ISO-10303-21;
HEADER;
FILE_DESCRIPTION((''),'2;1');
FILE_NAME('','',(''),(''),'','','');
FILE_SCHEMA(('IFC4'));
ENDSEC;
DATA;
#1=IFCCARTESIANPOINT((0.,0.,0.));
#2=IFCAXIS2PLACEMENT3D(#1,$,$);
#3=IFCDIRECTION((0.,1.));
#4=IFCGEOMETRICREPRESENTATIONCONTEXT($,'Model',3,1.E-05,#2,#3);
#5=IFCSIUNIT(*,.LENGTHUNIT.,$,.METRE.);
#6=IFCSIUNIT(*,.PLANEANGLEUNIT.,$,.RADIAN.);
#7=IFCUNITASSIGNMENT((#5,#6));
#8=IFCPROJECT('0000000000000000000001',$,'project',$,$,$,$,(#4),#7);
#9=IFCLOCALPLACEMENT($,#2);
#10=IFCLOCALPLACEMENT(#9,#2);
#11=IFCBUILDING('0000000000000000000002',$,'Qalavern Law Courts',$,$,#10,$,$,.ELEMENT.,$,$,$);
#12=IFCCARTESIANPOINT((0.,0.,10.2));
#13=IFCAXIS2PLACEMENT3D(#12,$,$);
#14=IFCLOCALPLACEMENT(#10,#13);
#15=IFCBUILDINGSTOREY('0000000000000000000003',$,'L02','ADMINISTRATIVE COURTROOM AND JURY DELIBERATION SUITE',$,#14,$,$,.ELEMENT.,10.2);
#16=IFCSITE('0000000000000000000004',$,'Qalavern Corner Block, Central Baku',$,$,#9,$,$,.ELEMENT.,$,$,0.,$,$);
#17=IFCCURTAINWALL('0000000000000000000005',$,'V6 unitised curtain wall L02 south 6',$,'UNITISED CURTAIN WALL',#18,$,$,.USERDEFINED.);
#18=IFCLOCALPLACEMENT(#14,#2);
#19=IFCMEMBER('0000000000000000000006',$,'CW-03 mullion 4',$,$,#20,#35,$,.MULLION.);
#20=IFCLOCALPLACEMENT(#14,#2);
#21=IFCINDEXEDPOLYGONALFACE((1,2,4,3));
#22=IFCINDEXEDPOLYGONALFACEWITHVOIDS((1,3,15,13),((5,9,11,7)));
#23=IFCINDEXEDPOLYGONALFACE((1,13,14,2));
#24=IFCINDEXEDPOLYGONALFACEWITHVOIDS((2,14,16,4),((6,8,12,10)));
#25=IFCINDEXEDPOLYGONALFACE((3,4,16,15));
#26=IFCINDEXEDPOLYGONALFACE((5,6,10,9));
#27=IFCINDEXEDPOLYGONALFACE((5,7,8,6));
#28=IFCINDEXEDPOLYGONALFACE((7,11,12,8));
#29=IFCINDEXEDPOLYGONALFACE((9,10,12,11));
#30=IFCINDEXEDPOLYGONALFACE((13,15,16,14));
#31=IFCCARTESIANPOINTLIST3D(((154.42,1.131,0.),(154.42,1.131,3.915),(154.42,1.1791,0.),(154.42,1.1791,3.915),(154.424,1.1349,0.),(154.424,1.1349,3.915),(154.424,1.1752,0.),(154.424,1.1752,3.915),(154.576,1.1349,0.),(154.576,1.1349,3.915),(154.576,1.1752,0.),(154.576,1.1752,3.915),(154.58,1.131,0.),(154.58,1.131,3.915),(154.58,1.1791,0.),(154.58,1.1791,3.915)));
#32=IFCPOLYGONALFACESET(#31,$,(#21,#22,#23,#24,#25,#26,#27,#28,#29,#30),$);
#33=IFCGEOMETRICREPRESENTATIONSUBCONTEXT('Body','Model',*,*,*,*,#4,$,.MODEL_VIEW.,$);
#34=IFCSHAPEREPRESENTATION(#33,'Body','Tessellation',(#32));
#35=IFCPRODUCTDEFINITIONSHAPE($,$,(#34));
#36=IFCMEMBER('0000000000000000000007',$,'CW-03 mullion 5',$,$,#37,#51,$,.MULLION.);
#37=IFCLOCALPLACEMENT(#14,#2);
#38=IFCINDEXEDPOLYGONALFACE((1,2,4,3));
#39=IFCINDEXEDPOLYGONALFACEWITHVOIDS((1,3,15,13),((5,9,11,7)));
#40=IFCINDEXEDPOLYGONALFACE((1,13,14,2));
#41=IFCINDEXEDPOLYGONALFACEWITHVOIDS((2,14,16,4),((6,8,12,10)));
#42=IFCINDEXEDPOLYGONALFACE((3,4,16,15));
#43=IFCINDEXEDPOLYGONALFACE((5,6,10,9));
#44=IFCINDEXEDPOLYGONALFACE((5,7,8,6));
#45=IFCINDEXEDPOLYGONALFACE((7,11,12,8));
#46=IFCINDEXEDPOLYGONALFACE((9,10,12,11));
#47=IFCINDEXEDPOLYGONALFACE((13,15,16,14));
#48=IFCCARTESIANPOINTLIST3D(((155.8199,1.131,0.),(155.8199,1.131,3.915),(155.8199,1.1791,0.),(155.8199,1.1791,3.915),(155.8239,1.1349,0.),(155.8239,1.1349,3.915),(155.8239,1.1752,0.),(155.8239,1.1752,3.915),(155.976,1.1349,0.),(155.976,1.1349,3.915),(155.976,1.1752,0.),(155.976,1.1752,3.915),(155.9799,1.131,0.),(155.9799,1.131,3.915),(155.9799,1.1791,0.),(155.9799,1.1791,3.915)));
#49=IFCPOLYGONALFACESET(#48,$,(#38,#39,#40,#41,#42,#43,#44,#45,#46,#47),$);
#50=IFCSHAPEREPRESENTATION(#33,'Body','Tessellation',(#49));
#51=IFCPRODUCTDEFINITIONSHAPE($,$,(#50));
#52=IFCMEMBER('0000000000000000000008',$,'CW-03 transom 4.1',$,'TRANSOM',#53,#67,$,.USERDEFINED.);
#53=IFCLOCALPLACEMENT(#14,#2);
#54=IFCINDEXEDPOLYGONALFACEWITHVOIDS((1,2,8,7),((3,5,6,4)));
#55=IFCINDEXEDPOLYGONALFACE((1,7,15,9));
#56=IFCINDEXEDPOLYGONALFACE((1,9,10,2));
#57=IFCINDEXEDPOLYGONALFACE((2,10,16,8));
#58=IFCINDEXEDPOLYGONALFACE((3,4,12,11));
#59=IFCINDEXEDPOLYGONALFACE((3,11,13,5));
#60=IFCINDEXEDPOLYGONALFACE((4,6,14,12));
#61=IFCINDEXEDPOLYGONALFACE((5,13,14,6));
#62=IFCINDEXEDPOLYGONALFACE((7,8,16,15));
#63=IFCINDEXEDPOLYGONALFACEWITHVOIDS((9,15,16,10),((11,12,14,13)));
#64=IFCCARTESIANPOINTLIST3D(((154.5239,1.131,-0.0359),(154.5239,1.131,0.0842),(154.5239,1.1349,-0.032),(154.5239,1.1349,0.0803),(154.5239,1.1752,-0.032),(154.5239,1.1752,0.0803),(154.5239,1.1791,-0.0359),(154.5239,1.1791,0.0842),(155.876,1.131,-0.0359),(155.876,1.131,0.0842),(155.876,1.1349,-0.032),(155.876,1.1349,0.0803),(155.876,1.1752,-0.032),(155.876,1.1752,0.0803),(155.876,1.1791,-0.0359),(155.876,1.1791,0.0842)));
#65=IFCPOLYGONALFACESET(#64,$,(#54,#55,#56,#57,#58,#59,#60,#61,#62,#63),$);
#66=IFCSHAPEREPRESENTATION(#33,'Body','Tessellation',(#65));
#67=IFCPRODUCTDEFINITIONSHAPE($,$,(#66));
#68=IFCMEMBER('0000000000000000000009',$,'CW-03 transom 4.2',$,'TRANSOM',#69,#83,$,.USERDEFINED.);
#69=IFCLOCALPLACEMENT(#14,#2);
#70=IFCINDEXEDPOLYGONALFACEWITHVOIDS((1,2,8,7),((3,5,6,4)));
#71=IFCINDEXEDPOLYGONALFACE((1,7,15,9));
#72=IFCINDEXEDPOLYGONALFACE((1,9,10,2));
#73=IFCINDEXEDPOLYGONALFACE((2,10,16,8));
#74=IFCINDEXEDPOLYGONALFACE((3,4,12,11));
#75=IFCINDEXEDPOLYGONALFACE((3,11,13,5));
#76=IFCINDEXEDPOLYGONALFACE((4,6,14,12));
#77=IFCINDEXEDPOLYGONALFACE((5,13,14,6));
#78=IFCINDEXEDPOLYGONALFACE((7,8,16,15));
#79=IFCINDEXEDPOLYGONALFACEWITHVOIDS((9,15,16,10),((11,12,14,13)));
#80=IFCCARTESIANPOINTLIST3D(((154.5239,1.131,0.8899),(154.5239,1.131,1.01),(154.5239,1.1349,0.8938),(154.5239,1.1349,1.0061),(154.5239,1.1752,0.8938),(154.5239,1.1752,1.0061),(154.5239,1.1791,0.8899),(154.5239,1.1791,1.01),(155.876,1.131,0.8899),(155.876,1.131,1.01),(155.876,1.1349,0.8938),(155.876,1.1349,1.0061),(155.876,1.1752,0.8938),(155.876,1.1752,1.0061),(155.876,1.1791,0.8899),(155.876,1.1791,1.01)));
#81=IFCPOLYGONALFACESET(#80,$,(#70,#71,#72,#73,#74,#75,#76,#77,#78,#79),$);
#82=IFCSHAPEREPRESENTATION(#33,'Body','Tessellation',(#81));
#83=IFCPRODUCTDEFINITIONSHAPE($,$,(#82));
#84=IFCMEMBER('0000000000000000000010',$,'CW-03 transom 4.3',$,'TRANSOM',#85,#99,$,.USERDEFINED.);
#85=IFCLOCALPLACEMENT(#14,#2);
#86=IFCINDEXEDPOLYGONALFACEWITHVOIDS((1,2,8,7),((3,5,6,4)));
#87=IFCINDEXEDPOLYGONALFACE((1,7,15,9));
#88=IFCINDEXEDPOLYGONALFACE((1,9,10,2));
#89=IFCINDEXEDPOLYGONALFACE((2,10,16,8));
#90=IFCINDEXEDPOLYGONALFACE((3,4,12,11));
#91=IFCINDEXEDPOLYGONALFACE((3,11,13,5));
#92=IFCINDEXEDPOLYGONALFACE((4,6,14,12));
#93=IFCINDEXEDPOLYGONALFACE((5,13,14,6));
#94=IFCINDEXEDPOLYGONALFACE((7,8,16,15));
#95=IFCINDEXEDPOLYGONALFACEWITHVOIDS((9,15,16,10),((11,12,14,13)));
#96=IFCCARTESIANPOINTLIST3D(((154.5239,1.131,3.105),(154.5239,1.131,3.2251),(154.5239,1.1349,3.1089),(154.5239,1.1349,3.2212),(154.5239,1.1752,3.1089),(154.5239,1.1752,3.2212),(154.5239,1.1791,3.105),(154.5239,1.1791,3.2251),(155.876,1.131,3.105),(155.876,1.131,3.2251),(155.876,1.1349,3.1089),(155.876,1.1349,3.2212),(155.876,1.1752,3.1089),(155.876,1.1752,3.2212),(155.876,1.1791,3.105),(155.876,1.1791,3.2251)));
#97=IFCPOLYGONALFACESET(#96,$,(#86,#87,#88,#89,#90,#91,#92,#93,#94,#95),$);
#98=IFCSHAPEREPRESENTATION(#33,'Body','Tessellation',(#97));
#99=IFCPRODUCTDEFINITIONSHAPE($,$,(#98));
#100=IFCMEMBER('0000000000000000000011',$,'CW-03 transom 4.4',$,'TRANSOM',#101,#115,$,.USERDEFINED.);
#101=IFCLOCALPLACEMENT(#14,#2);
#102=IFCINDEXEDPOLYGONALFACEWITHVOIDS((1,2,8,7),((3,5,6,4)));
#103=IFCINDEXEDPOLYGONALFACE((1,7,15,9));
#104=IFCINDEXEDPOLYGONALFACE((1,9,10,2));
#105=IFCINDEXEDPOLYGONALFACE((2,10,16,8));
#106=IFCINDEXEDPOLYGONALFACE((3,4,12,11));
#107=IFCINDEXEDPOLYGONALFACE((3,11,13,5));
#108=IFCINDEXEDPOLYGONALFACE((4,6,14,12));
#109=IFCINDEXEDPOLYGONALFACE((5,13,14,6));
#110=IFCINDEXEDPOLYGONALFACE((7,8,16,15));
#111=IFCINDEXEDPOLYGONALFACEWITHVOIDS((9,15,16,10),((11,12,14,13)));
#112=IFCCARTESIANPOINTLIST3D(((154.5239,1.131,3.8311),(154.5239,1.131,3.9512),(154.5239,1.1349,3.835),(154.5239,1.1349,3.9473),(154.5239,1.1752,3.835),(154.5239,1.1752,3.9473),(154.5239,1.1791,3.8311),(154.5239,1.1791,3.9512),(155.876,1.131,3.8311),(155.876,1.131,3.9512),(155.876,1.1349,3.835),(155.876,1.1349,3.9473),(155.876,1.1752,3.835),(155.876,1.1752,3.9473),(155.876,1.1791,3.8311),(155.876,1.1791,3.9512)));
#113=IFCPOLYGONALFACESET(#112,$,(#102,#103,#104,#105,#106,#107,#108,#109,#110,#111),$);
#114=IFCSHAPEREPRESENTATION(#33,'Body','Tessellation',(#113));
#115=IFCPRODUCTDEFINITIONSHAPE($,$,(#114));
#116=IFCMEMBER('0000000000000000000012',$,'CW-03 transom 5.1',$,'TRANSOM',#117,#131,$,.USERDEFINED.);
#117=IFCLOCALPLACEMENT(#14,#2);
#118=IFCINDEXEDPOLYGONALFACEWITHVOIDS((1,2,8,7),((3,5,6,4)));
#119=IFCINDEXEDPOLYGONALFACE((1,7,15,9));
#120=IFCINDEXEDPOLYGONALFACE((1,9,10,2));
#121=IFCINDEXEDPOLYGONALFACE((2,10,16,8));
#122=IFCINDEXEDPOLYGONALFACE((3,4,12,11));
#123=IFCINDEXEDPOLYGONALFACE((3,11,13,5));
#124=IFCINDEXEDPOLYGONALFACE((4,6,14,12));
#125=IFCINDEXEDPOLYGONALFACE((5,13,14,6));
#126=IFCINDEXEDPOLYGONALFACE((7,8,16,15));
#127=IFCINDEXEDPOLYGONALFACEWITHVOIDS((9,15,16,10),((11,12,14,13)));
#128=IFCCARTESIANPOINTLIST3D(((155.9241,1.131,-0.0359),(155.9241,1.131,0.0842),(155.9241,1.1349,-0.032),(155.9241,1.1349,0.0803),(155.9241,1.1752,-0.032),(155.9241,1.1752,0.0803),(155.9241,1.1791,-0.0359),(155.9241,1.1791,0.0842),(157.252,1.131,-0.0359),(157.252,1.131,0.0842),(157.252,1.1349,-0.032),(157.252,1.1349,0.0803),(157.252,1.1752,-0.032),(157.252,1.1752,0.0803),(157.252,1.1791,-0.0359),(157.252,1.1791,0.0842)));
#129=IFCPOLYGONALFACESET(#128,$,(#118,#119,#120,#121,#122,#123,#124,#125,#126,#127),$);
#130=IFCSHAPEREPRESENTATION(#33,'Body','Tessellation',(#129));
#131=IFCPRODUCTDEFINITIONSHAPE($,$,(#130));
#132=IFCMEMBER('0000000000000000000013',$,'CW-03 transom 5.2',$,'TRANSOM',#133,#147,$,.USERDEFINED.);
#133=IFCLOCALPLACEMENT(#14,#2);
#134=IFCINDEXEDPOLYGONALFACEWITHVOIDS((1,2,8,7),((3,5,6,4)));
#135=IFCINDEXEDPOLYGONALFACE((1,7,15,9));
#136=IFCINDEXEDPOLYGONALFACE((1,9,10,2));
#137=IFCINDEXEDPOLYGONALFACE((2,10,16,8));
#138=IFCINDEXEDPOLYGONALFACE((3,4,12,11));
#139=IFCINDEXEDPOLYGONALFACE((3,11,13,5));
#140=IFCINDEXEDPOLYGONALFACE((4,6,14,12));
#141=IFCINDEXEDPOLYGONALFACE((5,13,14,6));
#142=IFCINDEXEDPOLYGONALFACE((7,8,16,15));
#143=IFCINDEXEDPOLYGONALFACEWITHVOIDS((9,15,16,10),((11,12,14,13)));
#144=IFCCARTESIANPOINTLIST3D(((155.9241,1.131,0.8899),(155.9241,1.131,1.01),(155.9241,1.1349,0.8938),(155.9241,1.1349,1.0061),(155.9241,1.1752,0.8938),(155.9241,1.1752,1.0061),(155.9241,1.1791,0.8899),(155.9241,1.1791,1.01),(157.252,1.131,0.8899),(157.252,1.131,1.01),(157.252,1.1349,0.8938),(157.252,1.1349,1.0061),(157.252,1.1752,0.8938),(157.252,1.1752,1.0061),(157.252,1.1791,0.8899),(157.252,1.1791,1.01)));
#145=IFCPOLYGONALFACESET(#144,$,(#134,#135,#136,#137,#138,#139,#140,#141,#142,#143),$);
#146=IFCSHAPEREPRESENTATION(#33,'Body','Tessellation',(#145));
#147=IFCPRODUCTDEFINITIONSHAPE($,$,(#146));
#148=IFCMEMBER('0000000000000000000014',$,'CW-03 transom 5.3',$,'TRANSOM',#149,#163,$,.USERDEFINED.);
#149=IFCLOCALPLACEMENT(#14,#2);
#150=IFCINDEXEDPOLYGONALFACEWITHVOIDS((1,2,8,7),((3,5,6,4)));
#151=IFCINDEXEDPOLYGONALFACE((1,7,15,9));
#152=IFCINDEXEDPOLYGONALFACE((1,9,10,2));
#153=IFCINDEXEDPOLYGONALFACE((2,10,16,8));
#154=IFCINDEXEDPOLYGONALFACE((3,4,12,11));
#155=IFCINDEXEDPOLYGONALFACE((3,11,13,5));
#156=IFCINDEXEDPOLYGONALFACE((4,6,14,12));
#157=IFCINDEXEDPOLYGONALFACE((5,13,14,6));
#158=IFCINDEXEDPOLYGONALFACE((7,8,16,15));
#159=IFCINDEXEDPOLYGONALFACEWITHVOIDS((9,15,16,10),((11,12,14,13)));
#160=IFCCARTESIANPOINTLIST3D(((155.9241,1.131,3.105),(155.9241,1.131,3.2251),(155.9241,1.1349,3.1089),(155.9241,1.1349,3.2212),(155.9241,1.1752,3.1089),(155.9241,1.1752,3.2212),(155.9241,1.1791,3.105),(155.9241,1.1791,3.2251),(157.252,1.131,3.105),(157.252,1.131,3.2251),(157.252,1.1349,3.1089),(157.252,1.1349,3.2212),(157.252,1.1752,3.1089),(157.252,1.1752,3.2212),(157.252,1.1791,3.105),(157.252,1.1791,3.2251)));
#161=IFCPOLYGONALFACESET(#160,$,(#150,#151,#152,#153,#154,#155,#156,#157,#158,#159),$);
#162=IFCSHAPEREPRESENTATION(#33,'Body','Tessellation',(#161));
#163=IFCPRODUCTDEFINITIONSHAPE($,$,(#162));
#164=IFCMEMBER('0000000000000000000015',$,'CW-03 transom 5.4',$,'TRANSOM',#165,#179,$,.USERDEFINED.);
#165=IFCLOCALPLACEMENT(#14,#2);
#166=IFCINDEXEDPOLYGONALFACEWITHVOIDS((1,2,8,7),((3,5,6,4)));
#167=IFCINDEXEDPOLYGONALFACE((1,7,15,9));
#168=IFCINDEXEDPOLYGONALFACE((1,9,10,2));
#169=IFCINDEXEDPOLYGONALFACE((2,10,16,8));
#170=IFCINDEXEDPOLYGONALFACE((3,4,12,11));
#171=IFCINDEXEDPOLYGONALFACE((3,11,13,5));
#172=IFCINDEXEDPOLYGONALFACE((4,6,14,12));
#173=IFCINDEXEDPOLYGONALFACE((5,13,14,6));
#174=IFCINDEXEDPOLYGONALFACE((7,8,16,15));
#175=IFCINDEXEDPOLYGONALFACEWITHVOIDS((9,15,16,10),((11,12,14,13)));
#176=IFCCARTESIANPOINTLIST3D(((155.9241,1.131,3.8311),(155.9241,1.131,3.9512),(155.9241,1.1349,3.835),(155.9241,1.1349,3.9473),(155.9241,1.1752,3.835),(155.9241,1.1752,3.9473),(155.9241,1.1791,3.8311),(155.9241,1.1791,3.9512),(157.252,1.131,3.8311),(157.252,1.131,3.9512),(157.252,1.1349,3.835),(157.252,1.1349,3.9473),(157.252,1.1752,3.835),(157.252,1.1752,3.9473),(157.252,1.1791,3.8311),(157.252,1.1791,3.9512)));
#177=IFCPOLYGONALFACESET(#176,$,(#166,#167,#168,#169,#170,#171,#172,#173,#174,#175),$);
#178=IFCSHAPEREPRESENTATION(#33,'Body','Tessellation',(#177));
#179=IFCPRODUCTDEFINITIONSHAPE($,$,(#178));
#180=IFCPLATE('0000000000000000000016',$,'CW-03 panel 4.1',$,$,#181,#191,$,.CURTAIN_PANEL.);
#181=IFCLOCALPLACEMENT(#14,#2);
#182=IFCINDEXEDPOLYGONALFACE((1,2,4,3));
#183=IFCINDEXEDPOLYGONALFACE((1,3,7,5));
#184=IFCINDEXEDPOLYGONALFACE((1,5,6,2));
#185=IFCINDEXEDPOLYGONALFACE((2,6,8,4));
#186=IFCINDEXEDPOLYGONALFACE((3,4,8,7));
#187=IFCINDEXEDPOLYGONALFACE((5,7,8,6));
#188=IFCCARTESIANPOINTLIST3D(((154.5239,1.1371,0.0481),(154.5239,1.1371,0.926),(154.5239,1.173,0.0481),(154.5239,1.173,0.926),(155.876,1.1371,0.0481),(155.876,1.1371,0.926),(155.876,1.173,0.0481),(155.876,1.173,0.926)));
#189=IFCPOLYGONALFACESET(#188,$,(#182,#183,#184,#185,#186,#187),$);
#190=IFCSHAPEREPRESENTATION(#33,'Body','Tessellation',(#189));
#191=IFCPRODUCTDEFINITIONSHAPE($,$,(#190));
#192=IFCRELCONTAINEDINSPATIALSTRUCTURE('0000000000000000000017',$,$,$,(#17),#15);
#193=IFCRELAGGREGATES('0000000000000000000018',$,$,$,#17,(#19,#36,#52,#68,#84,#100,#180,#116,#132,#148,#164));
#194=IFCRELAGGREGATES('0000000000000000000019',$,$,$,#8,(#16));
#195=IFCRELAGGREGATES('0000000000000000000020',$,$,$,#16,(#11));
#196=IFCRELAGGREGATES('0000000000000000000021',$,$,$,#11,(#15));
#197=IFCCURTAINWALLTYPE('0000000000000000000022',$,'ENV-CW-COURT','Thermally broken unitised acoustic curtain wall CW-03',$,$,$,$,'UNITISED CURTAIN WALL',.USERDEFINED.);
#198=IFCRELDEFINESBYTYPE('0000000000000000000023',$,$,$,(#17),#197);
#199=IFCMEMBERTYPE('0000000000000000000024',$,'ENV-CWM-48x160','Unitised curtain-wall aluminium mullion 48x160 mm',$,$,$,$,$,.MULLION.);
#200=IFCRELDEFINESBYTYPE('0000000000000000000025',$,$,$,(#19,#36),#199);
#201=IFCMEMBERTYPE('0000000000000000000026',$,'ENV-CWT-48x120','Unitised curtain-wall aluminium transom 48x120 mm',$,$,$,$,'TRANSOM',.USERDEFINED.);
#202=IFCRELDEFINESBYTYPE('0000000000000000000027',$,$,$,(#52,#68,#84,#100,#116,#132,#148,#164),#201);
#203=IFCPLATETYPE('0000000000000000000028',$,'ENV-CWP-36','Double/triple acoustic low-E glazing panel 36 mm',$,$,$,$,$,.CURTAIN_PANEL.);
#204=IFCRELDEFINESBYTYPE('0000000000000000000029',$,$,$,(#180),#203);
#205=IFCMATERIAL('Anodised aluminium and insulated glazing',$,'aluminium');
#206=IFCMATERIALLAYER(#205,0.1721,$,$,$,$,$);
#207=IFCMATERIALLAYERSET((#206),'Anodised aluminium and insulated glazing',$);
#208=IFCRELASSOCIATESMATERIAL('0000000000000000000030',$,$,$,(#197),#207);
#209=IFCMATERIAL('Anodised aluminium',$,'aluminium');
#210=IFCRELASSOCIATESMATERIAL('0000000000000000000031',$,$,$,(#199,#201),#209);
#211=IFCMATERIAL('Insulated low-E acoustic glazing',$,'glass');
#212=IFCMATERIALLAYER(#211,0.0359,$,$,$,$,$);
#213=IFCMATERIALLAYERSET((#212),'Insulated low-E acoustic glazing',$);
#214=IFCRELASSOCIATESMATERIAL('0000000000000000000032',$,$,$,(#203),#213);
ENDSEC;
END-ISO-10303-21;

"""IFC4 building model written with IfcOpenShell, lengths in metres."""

from ifc_helpers import new_model, si_unit, direction, frame, origin, origin_2d, place, context, subcontext, project, spatial, rectangle, hollow_rectangle, extrude, material, layer, layer_set, material_profile, profile_set, type_object, element, aggregate, save


model = new_model("IFC4")

# Units and contexts
model_context = context("Model", 3, precision=1e-05, world=origin(), true_north=direction((0.0, 1.0)))
body_context = subcontext(model_context, "Body", "Model", "MODEL_VIEW")
ifc_project = project(units=[si_unit("LENGTHUNIT", "METRE"), si_unit("PLANEANGLEUNIT", "RADIAN")], contexts=[model_context])

# Site, building, storey
site_placement = place(None, origin())
site = spatial("IfcSite", under=ifc_project, at=site_placement, Name="Qalavern Corner Block, Central Baku", CompositionType="ELEMENT", RefElevation=0.0)
building_placement = place(site_placement, origin())
building = spatial("IfcBuilding", under=site, at=building_placement, Name="Qalavern Law Courts", CompositionType="ELEMENT")
storey_placement = place(building_placement, frame((0.0, 0.0, 10.2)))
storey = spatial("IfcBuildingStorey", under=building, at=storey_placement, Name="L02", Description="ADMINISTRATIVE COURTROOM AND JURY DELIBERATION SUITE", CompositionType="ELEMENT", Elevation=10.2)

# Curtain wall, members, plate
ifc_material_1 = material(Name="Anodised aluminium and insulated glazing", Category="aluminium")
ifc_layer_1 = layer(ifc_material_1, 0.1721)
ifc_layer_set_1 = layer_set([ifc_layer_1], Name="Anodised aluminium and insulated glazing")
curtain_wall_type = type_object("IfcCurtainWallType", Name="ENV-CW-COURT", Description="Thermally broken unitised acoustic curtain wall CW-03", ElementType="UNITISED CURTAIN WALL", PredefinedType="USERDEFINED", material=ifc_layer_set_1)
curtain_wall_placement = place(storey_placement, origin())
curtain_wall = element("IfcCurtainWall", 1, at=curtain_wall_placement, inside=storey, type_object=curtain_wall_type, Name="V6 unitised curtain wall L02 south 6", ObjectType="UNITISED CURTAIN WALL", PredefinedType="USERDEFINED")
ifc_material_2 = material(Name="Anodised aluminium", Category="aluminium")
ifc_material_profile_1 = material_profile(ifc_material_2, hollow_rectangle(XDim=0.0481, YDim=0.1599, WallThickness=0.0039, at=origin_2d()), Name="ALU MULLION 48x160")
ifc_profile_set_1 = profile_set([ifc_material_profile_1], Name="Anodised aluminium")
member_type_1 = type_object("IfcMemberType", Name="ENV-CWM-48x160", Description="Unitised curtain-wall aluminium mullion 48x160 mm", PredefinedType="MULLION", material=ifc_profile_set_1)
member_1_placement = place(storey_placement, frame((154.5, 1.155, 0.0), z_axis=(0.0, 0.0, 1.0), x_axis=(0.0, 1.0, 0.0)))
member_1 = element("IfcMember", 2, at=member_1_placement, type_object=member_type_1, Name="CW-03 mullion 4", PredefinedType="MULLION", context=body_context, shape_type="SweptSolid", body=[
    extrude(hollow_rectangle(XDim=0.0481, YDim=0.1599, WallThickness=0.0039, at=origin_2d()), origin(), (0.0, 0.0, 1.0), 3.915),
])
member_2_placement = place(storey_placement, frame((155.8999, 1.155, 0.0), z_axis=(0.0, 0.0, 1.0), x_axis=(0.0, 1.0, 0.0)))
member_2 = element("IfcMember", 3, at=member_2_placement, type_object=member_type_1, Name="CW-03 mullion 5", PredefinedType="MULLION", context=body_context, shape_type="SweptSolid", body=[
    extrude(hollow_rectangle(XDim=0.0481, YDim=0.1599, WallThickness=0.0039, at=origin_2d()), origin(), (0.0, 0.0, 1.0), 3.915),
])
ifc_material_profile_2 = material_profile(ifc_material_2, hollow_rectangle(XDim=0.0481, YDim=0.1201, WallThickness=0.0039, at=origin_2d()), Name="ALU TRANSOM 48x120")
ifc_profile_set_2 = profile_set([ifc_material_profile_2], Name="Anodised aluminium")
member_type_2 = type_object("IfcMemberType", Name="ENV-CWT-48x120", Description="Unitised curtain-wall aluminium transom 48x120 mm", ElementType="TRANSOM", PredefinedType="USERDEFINED", material=ifc_profile_set_2)
member_3_placement = place(storey_placement, frame((154.5239, 1.155, 0.0242), z_axis=(1.0, 0.0, 0.0), x_axis=(0.0, 1.0, 0.0)))
member_3 = element("IfcMember", 4, at=member_3_placement, type_object=member_type_2, Name="CW-03 transom 4.1", ObjectType="TRANSOM", PredefinedType="USERDEFINED", context=body_context, shape_type="SweptSolid", body=[
    extrude(hollow_rectangle(XDim=0.0481, YDim=0.1201, WallThickness=0.0039, at=origin_2d()), origin(), (0.0, 0.0, 1.0), 1.3521),
])
member_4_placement = place(storey_placement, frame((154.5239, 1.155, 0.95), z_axis=(1.0, 0.0, 0.0), x_axis=(0.0, 1.0, 0.0)))
member_4 = element("IfcMember", 5, at=member_4_placement, type_object=member_type_2, Name="CW-03 transom 4.2", ObjectType="TRANSOM", PredefinedType="USERDEFINED", context=body_context, shape_type="SweptSolid", body=[
    extrude(hollow_rectangle(XDim=0.0481, YDim=0.1201, WallThickness=0.0039, at=origin_2d()), origin(), (0.0, 0.0, 1.0), 1.3521),
])
member_5_placement = place(storey_placement, frame((154.5239, 1.155, 3.165), z_axis=(1.0, 0.0, 0.0), x_axis=(0.0, 1.0, 0.0)))
member_5 = element("IfcMember", 6, at=member_5_placement, type_object=member_type_2, Name="CW-03 transom 4.3", ObjectType="TRANSOM", PredefinedType="USERDEFINED", context=body_context, shape_type="SweptSolid", body=[
    extrude(hollow_rectangle(XDim=0.0481, YDim=0.1201, WallThickness=0.0039, at=origin_2d()), origin(), (0.0, 0.0, 1.0), 1.3521),
])
member_6_placement = place(storey_placement, frame((154.5239, 1.155, 3.8911), z_axis=(1.0, 0.0, 0.0), x_axis=(0.0, 1.0, 0.0)))
member_6 = element("IfcMember", 7, at=member_6_placement, type_object=member_type_2, Name="CW-03 transom 4.4", ObjectType="TRANSOM", PredefinedType="USERDEFINED", context=body_context, shape_type="SweptSolid", body=[
    extrude(hollow_rectangle(XDim=0.0481, YDim=0.1201, WallThickness=0.0039, at=origin_2d()), origin(), (0.0, 0.0, 1.0), 1.3521),
])
member_7_placement = place(storey_placement, frame((155.9241, 1.155, 0.0242), z_axis=(1.0, 0.0, 0.0), x_axis=(0.0, 1.0, 0.0)))
member_7 = element("IfcMember", 8, at=member_7_placement, type_object=member_type_2, Name="CW-03 transom 5.1", ObjectType="TRANSOM", PredefinedType="USERDEFINED", context=body_context, shape_type="SweptSolid", body=[
    extrude(hollow_rectangle(XDim=0.0481, YDim=0.1201, WallThickness=0.0039, at=origin_2d()), origin(), (0.0, 0.0, 1.0), 1.3279),
])
member_8_placement = place(storey_placement, frame((155.9241, 1.155, 0.95), z_axis=(1.0, 0.0, 0.0), x_axis=(0.0, 1.0, 0.0)))
member_8 = element("IfcMember", 9, at=member_8_placement, type_object=member_type_2, Name="CW-03 transom 5.2", ObjectType="TRANSOM", PredefinedType="USERDEFINED", context=body_context, shape_type="SweptSolid", body=[
    extrude(hollow_rectangle(XDim=0.0481, YDim=0.1201, WallThickness=0.0039, at=origin_2d()), origin(), (0.0, 0.0, 1.0), 1.3279),
])
member_9_placement = place(storey_placement, frame((155.9241, 1.155, 3.165), z_axis=(1.0, 0.0, 0.0), x_axis=(0.0, 1.0, 0.0)))
member_9 = element("IfcMember", 10, at=member_9_placement, type_object=member_type_2, Name="CW-03 transom 5.3", ObjectType="TRANSOM", PredefinedType="USERDEFINED", context=body_context, shape_type="SweptSolid", body=[
    extrude(hollow_rectangle(XDim=0.0481, YDim=0.1201, WallThickness=0.0039, at=origin_2d()), origin(), (0.0, 0.0, 1.0), 1.3279),
])
member_10_placement = place(storey_placement, frame((155.9241, 1.155, 3.8911), z_axis=(1.0, 0.0, 0.0), x_axis=(0.0, 1.0, 0.0)))
member_10 = element("IfcMember", 11, at=member_10_placement, type_object=member_type_2, Name="CW-03 transom 5.4", ObjectType="TRANSOM", PredefinedType="USERDEFINED", context=body_context, shape_type="SweptSolid", body=[
    extrude(hollow_rectangle(XDim=0.0481, YDim=0.1201, WallThickness=0.0039, at=origin_2d()), origin(), (0.0, 0.0, 1.0), 1.3279),
])
ifc_material_3 = material(Name="Insulated low-E acoustic glazing", Category="glass")
ifc_layer_2 = layer(ifc_material_3, 0.0359)
ifc_layer_set_2 = layer_set([ifc_layer_2], Name="Insulated low-E acoustic glazing")
plate_type = type_object("IfcPlateType", Name="ENV-CWP-36", Description="Double/triple acoustic low-E glazing panel 36 mm", PredefinedType="CURTAIN_PANEL", material=ifc_layer_set_2)
plate_1_placement = place(storey_placement, frame((155.2, 1.155, 0.0481), z_axis=(0.0, 0.0, 1.0), x_axis=(1.0, 0.0, 0.0)))
plate_1 = element("IfcPlate", 12, at=plate_1_placement, type_object=plate_type, Name="CW-03 panel 4.1", PredefinedType="CURTAIN_PANEL", context=body_context, shape_type="SweptSolid", body=[
    extrude(rectangle(XDim=1.3521, YDim=0.0359, at=origin_2d()), origin(), (0.0, 0.0, 1.0), 0.8779),
])
aggregate(curtain_wall, [member_1, member_2, member_3, member_4, member_5, member_6, plate_1, member_7, member_8, member_9, member_10])

save(model, "model.ifc")
